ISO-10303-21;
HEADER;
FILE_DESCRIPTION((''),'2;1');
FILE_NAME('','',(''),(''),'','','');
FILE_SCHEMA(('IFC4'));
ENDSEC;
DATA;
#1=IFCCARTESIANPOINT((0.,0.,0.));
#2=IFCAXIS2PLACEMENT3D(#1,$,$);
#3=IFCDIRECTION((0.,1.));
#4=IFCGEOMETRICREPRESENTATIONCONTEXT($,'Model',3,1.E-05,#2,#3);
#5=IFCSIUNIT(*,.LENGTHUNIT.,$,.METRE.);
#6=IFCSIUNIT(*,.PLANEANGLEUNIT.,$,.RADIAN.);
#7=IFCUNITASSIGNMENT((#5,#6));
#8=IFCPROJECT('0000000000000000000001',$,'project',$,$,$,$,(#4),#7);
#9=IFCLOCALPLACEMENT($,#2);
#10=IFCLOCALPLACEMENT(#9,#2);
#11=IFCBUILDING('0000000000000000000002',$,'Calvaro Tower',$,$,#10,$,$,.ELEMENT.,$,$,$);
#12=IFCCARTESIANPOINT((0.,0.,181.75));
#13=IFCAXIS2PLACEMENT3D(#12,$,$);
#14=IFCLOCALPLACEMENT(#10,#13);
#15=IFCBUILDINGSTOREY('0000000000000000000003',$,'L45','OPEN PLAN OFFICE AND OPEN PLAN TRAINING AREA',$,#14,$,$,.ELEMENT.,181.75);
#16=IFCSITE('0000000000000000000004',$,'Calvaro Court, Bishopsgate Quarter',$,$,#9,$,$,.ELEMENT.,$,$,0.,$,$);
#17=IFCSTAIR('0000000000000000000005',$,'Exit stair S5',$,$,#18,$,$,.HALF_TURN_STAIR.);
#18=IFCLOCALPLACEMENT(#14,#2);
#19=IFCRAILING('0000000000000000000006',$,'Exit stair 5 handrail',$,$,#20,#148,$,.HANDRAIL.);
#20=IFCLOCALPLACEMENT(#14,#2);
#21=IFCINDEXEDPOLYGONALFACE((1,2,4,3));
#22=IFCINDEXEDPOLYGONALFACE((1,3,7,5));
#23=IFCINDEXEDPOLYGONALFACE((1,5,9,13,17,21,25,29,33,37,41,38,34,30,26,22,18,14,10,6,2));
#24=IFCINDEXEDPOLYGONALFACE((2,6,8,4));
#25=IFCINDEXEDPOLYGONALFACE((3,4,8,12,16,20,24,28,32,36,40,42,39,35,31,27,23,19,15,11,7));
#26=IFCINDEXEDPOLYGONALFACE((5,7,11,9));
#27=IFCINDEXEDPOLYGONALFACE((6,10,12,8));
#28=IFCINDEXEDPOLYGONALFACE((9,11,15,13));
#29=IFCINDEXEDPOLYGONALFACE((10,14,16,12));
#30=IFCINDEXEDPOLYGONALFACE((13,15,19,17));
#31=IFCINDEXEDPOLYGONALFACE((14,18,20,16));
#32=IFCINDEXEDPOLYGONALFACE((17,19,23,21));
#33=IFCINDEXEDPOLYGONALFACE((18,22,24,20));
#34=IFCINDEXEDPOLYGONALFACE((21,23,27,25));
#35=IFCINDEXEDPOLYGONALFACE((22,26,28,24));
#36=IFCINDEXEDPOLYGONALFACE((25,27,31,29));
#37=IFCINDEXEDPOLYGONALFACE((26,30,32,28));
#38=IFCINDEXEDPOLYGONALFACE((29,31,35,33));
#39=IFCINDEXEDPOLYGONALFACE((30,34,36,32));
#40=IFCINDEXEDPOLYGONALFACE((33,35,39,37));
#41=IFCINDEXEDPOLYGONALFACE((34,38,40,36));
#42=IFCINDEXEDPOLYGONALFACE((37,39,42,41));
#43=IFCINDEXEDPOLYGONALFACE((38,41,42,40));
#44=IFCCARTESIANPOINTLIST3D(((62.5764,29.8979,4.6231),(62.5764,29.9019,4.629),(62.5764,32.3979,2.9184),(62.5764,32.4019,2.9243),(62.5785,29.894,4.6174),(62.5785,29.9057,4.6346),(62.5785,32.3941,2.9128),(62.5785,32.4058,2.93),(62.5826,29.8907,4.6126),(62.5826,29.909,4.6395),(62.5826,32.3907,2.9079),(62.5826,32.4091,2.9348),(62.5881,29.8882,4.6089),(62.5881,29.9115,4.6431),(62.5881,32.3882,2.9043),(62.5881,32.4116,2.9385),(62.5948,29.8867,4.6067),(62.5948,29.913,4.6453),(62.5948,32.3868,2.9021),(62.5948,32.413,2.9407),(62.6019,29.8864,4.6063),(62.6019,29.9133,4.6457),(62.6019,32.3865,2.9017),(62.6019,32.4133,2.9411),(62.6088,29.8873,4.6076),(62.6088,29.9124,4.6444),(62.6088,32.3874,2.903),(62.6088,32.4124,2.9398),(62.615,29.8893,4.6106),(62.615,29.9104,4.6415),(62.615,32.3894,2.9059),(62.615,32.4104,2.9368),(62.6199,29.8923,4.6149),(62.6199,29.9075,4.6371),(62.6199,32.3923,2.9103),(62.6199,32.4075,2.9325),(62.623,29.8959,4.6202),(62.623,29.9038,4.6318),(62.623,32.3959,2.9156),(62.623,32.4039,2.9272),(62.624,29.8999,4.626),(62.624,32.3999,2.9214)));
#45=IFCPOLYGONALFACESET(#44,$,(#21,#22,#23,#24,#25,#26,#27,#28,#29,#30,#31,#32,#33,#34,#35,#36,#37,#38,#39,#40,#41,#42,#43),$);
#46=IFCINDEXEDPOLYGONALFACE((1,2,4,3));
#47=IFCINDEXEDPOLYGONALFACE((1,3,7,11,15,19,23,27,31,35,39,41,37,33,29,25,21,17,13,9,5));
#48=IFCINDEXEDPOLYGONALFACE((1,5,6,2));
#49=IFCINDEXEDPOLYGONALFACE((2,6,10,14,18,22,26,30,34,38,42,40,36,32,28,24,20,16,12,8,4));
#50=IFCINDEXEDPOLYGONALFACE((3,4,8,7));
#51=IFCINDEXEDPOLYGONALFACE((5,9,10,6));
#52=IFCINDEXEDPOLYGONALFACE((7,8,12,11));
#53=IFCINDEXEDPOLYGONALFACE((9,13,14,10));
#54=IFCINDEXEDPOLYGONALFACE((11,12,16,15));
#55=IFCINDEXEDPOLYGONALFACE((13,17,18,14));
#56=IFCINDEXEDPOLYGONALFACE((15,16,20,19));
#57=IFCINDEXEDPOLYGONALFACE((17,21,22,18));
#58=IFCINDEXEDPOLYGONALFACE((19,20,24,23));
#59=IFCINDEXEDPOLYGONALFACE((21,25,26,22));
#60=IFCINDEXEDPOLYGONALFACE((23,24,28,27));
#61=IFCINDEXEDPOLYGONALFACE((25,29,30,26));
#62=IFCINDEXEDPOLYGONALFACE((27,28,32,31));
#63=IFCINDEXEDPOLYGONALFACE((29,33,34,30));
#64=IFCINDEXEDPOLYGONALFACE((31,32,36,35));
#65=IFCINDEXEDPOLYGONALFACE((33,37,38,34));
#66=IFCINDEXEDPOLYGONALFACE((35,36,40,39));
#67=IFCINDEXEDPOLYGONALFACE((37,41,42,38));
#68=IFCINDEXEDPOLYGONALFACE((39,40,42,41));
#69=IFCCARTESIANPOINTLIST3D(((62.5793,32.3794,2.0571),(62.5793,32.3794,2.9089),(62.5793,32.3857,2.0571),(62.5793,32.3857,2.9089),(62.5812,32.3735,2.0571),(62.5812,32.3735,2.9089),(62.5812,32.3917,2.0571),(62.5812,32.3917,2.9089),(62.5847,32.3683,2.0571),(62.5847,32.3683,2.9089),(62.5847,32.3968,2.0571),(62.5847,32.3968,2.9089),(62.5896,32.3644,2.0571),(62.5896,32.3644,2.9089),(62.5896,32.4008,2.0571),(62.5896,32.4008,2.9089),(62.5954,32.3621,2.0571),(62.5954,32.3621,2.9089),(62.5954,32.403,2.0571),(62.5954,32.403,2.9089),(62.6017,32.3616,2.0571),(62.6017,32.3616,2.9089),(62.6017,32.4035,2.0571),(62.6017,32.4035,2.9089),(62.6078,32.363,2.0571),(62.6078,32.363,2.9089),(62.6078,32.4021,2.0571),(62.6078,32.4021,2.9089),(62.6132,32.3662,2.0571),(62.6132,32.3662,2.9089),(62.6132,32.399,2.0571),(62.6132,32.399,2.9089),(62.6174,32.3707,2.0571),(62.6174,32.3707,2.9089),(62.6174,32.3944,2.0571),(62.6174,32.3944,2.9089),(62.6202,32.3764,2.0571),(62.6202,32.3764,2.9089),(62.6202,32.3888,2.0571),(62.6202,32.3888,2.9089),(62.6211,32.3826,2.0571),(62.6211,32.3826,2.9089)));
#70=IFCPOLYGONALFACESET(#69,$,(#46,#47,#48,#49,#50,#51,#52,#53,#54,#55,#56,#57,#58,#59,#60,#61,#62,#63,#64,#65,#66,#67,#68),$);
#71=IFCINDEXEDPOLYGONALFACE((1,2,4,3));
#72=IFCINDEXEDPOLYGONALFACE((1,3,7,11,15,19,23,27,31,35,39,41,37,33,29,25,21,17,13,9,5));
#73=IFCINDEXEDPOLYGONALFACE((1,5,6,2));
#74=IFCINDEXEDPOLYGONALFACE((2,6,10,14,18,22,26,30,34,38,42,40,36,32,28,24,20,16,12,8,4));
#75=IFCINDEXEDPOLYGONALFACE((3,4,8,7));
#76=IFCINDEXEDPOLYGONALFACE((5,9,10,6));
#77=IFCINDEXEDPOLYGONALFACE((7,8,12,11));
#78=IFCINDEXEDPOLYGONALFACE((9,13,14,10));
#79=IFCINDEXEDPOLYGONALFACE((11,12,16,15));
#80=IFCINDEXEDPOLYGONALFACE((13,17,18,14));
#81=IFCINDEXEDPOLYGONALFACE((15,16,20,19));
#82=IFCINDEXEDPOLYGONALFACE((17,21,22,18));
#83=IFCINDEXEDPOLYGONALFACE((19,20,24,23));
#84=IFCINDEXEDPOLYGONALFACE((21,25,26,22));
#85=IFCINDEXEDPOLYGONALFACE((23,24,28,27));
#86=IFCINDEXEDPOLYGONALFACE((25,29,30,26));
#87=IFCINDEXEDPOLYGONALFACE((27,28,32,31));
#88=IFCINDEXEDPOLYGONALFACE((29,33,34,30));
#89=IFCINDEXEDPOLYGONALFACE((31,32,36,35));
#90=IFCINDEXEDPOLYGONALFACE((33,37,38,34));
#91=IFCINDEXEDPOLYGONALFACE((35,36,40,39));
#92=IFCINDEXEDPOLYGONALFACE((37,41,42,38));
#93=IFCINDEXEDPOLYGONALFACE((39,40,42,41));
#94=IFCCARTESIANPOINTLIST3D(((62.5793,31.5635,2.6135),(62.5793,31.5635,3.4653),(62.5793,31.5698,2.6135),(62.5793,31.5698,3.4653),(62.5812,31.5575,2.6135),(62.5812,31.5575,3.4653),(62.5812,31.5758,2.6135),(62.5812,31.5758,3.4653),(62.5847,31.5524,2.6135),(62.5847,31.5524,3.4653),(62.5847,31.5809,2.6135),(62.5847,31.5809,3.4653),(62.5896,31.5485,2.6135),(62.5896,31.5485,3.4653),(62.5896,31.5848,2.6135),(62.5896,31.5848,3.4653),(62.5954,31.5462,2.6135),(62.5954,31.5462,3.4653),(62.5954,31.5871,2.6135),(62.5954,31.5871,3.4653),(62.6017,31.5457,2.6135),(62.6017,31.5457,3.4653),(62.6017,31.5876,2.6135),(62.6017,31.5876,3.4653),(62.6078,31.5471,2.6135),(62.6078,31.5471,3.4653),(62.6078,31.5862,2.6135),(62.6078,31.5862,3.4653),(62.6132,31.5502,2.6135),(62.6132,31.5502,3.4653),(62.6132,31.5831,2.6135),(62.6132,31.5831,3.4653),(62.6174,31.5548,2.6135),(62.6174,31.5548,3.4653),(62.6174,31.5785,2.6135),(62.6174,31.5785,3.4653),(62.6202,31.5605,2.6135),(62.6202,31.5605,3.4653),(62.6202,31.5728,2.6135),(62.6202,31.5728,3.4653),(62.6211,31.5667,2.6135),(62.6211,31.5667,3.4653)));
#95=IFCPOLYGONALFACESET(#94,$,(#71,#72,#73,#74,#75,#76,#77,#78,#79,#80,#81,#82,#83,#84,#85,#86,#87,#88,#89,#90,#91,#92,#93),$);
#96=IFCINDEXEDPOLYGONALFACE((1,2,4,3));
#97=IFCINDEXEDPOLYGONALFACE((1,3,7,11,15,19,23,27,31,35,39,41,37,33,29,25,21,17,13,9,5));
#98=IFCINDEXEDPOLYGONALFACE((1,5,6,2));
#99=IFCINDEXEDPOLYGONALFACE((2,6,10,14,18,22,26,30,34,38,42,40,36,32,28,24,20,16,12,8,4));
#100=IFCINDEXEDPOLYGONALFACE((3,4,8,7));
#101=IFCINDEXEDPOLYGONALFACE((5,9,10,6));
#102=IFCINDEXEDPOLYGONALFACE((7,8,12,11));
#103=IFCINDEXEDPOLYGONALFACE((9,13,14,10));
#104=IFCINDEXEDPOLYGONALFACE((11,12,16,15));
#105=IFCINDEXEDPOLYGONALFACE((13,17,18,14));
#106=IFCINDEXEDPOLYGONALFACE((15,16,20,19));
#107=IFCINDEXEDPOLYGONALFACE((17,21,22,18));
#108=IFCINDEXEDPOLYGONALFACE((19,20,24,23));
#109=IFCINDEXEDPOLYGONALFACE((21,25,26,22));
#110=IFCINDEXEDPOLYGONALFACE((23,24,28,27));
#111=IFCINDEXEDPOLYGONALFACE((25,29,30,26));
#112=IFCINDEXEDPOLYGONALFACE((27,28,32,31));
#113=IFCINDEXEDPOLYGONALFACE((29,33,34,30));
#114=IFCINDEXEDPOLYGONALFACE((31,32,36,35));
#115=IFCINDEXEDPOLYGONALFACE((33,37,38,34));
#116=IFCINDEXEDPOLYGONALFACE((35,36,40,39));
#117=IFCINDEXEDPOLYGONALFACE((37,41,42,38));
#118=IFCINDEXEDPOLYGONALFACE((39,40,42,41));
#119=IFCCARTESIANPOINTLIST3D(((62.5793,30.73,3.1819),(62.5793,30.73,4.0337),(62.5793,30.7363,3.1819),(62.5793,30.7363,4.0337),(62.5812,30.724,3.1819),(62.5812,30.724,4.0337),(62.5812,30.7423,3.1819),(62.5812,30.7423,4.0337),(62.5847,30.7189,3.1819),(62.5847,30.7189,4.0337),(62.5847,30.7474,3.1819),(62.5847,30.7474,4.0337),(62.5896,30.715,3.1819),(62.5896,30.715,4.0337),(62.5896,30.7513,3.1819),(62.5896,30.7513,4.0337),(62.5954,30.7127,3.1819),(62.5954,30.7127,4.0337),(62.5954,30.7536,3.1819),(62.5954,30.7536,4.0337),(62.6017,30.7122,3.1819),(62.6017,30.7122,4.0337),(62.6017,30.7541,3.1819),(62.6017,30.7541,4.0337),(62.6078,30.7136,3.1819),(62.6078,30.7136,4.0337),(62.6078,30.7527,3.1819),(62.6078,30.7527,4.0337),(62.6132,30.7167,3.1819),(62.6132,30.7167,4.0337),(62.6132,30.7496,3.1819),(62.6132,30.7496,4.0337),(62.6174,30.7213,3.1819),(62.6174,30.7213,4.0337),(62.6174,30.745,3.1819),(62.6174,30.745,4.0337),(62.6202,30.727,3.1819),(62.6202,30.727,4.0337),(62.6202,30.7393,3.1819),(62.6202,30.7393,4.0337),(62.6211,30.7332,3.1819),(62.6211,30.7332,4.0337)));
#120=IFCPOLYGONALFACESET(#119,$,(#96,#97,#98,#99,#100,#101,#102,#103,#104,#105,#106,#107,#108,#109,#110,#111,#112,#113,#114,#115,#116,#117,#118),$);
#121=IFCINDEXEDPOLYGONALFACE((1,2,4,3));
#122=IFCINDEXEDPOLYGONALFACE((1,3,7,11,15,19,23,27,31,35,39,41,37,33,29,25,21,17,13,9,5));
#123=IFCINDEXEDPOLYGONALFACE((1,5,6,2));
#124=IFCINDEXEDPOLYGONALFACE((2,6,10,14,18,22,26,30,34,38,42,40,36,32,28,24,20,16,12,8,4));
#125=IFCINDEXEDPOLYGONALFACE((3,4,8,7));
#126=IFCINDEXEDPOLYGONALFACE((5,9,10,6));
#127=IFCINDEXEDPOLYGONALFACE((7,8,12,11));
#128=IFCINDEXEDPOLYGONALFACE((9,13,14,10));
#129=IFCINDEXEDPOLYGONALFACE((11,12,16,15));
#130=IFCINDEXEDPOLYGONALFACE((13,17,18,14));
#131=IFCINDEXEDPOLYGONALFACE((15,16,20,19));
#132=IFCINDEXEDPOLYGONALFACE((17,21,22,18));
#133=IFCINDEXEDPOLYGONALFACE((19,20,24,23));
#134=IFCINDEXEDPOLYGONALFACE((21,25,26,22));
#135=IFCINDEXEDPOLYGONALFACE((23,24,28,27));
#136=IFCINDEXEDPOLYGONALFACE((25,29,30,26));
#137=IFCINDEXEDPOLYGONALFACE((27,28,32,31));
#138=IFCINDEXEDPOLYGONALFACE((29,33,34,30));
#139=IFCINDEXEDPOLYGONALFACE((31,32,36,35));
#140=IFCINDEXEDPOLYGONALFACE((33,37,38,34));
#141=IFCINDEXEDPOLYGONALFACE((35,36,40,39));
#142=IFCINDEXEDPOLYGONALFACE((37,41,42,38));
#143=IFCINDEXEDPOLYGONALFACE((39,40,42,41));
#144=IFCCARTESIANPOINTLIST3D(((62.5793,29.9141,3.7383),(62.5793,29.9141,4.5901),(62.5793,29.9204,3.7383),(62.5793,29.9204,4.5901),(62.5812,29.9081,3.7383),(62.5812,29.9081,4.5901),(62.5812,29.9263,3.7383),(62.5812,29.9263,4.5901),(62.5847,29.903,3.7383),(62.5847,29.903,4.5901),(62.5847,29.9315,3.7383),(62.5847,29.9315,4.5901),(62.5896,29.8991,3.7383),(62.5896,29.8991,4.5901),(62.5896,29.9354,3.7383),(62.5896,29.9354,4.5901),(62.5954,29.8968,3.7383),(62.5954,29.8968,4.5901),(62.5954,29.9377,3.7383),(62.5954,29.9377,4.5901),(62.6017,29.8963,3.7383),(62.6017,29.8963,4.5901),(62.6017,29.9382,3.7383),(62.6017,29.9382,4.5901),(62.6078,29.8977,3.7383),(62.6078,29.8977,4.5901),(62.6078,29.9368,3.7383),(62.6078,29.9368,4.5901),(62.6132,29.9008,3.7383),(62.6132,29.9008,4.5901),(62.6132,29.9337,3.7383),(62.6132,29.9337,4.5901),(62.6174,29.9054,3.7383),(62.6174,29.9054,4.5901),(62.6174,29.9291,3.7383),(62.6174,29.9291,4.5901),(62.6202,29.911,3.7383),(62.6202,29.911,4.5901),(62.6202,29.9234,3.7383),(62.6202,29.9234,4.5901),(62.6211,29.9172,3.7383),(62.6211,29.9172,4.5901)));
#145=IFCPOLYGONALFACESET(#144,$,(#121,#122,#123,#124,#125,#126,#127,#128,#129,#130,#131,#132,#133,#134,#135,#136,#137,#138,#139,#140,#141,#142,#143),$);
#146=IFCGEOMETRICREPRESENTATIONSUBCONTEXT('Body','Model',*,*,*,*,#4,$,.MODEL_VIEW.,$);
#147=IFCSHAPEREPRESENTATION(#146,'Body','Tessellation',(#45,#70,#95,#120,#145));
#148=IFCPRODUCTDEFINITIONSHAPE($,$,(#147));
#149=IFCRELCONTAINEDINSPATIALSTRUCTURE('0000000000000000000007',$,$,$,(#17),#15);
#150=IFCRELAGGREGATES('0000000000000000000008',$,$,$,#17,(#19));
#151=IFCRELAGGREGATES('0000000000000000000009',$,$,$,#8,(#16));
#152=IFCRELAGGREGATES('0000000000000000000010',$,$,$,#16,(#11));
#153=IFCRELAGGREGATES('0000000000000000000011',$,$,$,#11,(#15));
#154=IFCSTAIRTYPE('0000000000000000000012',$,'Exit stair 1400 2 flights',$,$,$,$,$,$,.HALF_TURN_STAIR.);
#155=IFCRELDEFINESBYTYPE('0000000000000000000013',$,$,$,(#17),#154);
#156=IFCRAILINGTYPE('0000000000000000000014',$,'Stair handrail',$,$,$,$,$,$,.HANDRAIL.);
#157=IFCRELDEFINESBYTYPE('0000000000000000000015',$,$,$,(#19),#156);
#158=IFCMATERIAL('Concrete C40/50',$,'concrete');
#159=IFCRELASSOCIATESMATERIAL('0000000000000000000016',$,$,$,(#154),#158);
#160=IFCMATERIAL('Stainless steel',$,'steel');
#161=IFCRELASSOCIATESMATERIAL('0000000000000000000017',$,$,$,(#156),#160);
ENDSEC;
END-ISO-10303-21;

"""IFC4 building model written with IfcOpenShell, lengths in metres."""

from ifc_helpers import new_model, si_unit, direction, frame, origin, origin_2d, place, context, subcontext, project, spatial, circle, extrude, material, type_object, element, aggregate, save


model = new_model("IFC4")

# Units and contexts
model_context = context("Model", 3, precision=1e-05, world=origin(), true_north=direction((0.0, 1.0)))
body_context = subcontext(model_context, "Body", "Model", "MODEL_VIEW")
ifc_project = project(units=[si_unit("LENGTHUNIT", "METRE"), si_unit("PLANEANGLEUNIT", "RADIAN")], contexts=[model_context])

# Site, building, storey
site_placement = place(None, origin())
site = spatial("IfcSite", under=ifc_project, at=site_placement, Name="Calvaro Court, Bishopsgate Quarter", CompositionType="ELEMENT", RefElevation=0.0)
building_placement = place(site_placement, origin())
building = spatial("IfcBuilding", under=site, at=building_placement, Name="Calvaro Tower", CompositionType="ELEMENT")
storey_placement = place(building_placement, frame((0.0, 0.0, 181.75)))
storey = spatial("IfcBuildingStorey", under=building, at=storey_placement, Name="L45", Description="OPEN PLAN OFFICE AND OPEN PLAN TRAINING AREA", CompositionType="ELEMENT", Elevation=181.75)

# Stair
ifc_material_1 = material(Name="Concrete C40/50", Category="concrete")
stair_type = type_object("IfcStairType", Name="Exit stair 1400 2 flights", PredefinedType="HALF_TURN_STAIR", material=ifc_material_1)
stair_1_placement = place(storey_placement, origin())
stair_1 = element("IfcStair", 1, at=stair_1_placement, inside=storey, type_object=stair_type, Name="Exit stair S5", PredefinedType="HALF_TURN_STAIR")

# Railing
ifc_material_2 = material(Name="Stainless steel", Category="steel")
railing_type = type_object("IfcRailingType", Name="Stair handrail", PredefinedType="HANDRAIL", material=ifc_material_2)
railing_1_placement = place(storey_placement, frame((62.6001, 32.3999, 2.0454)))
railing_1 = element("IfcRailing", 2, at=railing_1_placement, type_object=railing_type, Name="Exit stair 5 handrail", PredefinedType="HANDRAIL", context=body_context, shape_type="SweptSolid", body=[
    extrude(circle(Radius=0.0239, at=origin_2d()), frame((0.0, 0.0, 0.876), z_axis=(0.0, -0.826221, 0.563347), x_axis=(1.0, 0.0, 0.0)), (0.0, 0.0, 1.0), 3.0259),
    extrude(circle(Radius=0.021, at=origin_2d()), frame((0.0, -0.0173, 0.0117)), (0.0, 0.0, 1.0), 0.8518),
    extrude(circle(Radius=0.021, at=origin_2d()), frame((0.0, -0.8333, 0.5681)), (0.0, 0.0, 1.0), 0.8518),
    extrude(circle(Radius=0.021, at=origin_2d()), frame((0.0, -1.6667, 1.1365)), (0.0, 0.0, 1.0), 0.8518),
    extrude(circle(Radius=0.021, at=origin_2d()), frame((0.0, -2.4827, 1.6929)), (0.0, 0.0, 1.0), 0.8518),
])
aggregate(stair_1, [railing_1])

save(model, "model.ifc")
